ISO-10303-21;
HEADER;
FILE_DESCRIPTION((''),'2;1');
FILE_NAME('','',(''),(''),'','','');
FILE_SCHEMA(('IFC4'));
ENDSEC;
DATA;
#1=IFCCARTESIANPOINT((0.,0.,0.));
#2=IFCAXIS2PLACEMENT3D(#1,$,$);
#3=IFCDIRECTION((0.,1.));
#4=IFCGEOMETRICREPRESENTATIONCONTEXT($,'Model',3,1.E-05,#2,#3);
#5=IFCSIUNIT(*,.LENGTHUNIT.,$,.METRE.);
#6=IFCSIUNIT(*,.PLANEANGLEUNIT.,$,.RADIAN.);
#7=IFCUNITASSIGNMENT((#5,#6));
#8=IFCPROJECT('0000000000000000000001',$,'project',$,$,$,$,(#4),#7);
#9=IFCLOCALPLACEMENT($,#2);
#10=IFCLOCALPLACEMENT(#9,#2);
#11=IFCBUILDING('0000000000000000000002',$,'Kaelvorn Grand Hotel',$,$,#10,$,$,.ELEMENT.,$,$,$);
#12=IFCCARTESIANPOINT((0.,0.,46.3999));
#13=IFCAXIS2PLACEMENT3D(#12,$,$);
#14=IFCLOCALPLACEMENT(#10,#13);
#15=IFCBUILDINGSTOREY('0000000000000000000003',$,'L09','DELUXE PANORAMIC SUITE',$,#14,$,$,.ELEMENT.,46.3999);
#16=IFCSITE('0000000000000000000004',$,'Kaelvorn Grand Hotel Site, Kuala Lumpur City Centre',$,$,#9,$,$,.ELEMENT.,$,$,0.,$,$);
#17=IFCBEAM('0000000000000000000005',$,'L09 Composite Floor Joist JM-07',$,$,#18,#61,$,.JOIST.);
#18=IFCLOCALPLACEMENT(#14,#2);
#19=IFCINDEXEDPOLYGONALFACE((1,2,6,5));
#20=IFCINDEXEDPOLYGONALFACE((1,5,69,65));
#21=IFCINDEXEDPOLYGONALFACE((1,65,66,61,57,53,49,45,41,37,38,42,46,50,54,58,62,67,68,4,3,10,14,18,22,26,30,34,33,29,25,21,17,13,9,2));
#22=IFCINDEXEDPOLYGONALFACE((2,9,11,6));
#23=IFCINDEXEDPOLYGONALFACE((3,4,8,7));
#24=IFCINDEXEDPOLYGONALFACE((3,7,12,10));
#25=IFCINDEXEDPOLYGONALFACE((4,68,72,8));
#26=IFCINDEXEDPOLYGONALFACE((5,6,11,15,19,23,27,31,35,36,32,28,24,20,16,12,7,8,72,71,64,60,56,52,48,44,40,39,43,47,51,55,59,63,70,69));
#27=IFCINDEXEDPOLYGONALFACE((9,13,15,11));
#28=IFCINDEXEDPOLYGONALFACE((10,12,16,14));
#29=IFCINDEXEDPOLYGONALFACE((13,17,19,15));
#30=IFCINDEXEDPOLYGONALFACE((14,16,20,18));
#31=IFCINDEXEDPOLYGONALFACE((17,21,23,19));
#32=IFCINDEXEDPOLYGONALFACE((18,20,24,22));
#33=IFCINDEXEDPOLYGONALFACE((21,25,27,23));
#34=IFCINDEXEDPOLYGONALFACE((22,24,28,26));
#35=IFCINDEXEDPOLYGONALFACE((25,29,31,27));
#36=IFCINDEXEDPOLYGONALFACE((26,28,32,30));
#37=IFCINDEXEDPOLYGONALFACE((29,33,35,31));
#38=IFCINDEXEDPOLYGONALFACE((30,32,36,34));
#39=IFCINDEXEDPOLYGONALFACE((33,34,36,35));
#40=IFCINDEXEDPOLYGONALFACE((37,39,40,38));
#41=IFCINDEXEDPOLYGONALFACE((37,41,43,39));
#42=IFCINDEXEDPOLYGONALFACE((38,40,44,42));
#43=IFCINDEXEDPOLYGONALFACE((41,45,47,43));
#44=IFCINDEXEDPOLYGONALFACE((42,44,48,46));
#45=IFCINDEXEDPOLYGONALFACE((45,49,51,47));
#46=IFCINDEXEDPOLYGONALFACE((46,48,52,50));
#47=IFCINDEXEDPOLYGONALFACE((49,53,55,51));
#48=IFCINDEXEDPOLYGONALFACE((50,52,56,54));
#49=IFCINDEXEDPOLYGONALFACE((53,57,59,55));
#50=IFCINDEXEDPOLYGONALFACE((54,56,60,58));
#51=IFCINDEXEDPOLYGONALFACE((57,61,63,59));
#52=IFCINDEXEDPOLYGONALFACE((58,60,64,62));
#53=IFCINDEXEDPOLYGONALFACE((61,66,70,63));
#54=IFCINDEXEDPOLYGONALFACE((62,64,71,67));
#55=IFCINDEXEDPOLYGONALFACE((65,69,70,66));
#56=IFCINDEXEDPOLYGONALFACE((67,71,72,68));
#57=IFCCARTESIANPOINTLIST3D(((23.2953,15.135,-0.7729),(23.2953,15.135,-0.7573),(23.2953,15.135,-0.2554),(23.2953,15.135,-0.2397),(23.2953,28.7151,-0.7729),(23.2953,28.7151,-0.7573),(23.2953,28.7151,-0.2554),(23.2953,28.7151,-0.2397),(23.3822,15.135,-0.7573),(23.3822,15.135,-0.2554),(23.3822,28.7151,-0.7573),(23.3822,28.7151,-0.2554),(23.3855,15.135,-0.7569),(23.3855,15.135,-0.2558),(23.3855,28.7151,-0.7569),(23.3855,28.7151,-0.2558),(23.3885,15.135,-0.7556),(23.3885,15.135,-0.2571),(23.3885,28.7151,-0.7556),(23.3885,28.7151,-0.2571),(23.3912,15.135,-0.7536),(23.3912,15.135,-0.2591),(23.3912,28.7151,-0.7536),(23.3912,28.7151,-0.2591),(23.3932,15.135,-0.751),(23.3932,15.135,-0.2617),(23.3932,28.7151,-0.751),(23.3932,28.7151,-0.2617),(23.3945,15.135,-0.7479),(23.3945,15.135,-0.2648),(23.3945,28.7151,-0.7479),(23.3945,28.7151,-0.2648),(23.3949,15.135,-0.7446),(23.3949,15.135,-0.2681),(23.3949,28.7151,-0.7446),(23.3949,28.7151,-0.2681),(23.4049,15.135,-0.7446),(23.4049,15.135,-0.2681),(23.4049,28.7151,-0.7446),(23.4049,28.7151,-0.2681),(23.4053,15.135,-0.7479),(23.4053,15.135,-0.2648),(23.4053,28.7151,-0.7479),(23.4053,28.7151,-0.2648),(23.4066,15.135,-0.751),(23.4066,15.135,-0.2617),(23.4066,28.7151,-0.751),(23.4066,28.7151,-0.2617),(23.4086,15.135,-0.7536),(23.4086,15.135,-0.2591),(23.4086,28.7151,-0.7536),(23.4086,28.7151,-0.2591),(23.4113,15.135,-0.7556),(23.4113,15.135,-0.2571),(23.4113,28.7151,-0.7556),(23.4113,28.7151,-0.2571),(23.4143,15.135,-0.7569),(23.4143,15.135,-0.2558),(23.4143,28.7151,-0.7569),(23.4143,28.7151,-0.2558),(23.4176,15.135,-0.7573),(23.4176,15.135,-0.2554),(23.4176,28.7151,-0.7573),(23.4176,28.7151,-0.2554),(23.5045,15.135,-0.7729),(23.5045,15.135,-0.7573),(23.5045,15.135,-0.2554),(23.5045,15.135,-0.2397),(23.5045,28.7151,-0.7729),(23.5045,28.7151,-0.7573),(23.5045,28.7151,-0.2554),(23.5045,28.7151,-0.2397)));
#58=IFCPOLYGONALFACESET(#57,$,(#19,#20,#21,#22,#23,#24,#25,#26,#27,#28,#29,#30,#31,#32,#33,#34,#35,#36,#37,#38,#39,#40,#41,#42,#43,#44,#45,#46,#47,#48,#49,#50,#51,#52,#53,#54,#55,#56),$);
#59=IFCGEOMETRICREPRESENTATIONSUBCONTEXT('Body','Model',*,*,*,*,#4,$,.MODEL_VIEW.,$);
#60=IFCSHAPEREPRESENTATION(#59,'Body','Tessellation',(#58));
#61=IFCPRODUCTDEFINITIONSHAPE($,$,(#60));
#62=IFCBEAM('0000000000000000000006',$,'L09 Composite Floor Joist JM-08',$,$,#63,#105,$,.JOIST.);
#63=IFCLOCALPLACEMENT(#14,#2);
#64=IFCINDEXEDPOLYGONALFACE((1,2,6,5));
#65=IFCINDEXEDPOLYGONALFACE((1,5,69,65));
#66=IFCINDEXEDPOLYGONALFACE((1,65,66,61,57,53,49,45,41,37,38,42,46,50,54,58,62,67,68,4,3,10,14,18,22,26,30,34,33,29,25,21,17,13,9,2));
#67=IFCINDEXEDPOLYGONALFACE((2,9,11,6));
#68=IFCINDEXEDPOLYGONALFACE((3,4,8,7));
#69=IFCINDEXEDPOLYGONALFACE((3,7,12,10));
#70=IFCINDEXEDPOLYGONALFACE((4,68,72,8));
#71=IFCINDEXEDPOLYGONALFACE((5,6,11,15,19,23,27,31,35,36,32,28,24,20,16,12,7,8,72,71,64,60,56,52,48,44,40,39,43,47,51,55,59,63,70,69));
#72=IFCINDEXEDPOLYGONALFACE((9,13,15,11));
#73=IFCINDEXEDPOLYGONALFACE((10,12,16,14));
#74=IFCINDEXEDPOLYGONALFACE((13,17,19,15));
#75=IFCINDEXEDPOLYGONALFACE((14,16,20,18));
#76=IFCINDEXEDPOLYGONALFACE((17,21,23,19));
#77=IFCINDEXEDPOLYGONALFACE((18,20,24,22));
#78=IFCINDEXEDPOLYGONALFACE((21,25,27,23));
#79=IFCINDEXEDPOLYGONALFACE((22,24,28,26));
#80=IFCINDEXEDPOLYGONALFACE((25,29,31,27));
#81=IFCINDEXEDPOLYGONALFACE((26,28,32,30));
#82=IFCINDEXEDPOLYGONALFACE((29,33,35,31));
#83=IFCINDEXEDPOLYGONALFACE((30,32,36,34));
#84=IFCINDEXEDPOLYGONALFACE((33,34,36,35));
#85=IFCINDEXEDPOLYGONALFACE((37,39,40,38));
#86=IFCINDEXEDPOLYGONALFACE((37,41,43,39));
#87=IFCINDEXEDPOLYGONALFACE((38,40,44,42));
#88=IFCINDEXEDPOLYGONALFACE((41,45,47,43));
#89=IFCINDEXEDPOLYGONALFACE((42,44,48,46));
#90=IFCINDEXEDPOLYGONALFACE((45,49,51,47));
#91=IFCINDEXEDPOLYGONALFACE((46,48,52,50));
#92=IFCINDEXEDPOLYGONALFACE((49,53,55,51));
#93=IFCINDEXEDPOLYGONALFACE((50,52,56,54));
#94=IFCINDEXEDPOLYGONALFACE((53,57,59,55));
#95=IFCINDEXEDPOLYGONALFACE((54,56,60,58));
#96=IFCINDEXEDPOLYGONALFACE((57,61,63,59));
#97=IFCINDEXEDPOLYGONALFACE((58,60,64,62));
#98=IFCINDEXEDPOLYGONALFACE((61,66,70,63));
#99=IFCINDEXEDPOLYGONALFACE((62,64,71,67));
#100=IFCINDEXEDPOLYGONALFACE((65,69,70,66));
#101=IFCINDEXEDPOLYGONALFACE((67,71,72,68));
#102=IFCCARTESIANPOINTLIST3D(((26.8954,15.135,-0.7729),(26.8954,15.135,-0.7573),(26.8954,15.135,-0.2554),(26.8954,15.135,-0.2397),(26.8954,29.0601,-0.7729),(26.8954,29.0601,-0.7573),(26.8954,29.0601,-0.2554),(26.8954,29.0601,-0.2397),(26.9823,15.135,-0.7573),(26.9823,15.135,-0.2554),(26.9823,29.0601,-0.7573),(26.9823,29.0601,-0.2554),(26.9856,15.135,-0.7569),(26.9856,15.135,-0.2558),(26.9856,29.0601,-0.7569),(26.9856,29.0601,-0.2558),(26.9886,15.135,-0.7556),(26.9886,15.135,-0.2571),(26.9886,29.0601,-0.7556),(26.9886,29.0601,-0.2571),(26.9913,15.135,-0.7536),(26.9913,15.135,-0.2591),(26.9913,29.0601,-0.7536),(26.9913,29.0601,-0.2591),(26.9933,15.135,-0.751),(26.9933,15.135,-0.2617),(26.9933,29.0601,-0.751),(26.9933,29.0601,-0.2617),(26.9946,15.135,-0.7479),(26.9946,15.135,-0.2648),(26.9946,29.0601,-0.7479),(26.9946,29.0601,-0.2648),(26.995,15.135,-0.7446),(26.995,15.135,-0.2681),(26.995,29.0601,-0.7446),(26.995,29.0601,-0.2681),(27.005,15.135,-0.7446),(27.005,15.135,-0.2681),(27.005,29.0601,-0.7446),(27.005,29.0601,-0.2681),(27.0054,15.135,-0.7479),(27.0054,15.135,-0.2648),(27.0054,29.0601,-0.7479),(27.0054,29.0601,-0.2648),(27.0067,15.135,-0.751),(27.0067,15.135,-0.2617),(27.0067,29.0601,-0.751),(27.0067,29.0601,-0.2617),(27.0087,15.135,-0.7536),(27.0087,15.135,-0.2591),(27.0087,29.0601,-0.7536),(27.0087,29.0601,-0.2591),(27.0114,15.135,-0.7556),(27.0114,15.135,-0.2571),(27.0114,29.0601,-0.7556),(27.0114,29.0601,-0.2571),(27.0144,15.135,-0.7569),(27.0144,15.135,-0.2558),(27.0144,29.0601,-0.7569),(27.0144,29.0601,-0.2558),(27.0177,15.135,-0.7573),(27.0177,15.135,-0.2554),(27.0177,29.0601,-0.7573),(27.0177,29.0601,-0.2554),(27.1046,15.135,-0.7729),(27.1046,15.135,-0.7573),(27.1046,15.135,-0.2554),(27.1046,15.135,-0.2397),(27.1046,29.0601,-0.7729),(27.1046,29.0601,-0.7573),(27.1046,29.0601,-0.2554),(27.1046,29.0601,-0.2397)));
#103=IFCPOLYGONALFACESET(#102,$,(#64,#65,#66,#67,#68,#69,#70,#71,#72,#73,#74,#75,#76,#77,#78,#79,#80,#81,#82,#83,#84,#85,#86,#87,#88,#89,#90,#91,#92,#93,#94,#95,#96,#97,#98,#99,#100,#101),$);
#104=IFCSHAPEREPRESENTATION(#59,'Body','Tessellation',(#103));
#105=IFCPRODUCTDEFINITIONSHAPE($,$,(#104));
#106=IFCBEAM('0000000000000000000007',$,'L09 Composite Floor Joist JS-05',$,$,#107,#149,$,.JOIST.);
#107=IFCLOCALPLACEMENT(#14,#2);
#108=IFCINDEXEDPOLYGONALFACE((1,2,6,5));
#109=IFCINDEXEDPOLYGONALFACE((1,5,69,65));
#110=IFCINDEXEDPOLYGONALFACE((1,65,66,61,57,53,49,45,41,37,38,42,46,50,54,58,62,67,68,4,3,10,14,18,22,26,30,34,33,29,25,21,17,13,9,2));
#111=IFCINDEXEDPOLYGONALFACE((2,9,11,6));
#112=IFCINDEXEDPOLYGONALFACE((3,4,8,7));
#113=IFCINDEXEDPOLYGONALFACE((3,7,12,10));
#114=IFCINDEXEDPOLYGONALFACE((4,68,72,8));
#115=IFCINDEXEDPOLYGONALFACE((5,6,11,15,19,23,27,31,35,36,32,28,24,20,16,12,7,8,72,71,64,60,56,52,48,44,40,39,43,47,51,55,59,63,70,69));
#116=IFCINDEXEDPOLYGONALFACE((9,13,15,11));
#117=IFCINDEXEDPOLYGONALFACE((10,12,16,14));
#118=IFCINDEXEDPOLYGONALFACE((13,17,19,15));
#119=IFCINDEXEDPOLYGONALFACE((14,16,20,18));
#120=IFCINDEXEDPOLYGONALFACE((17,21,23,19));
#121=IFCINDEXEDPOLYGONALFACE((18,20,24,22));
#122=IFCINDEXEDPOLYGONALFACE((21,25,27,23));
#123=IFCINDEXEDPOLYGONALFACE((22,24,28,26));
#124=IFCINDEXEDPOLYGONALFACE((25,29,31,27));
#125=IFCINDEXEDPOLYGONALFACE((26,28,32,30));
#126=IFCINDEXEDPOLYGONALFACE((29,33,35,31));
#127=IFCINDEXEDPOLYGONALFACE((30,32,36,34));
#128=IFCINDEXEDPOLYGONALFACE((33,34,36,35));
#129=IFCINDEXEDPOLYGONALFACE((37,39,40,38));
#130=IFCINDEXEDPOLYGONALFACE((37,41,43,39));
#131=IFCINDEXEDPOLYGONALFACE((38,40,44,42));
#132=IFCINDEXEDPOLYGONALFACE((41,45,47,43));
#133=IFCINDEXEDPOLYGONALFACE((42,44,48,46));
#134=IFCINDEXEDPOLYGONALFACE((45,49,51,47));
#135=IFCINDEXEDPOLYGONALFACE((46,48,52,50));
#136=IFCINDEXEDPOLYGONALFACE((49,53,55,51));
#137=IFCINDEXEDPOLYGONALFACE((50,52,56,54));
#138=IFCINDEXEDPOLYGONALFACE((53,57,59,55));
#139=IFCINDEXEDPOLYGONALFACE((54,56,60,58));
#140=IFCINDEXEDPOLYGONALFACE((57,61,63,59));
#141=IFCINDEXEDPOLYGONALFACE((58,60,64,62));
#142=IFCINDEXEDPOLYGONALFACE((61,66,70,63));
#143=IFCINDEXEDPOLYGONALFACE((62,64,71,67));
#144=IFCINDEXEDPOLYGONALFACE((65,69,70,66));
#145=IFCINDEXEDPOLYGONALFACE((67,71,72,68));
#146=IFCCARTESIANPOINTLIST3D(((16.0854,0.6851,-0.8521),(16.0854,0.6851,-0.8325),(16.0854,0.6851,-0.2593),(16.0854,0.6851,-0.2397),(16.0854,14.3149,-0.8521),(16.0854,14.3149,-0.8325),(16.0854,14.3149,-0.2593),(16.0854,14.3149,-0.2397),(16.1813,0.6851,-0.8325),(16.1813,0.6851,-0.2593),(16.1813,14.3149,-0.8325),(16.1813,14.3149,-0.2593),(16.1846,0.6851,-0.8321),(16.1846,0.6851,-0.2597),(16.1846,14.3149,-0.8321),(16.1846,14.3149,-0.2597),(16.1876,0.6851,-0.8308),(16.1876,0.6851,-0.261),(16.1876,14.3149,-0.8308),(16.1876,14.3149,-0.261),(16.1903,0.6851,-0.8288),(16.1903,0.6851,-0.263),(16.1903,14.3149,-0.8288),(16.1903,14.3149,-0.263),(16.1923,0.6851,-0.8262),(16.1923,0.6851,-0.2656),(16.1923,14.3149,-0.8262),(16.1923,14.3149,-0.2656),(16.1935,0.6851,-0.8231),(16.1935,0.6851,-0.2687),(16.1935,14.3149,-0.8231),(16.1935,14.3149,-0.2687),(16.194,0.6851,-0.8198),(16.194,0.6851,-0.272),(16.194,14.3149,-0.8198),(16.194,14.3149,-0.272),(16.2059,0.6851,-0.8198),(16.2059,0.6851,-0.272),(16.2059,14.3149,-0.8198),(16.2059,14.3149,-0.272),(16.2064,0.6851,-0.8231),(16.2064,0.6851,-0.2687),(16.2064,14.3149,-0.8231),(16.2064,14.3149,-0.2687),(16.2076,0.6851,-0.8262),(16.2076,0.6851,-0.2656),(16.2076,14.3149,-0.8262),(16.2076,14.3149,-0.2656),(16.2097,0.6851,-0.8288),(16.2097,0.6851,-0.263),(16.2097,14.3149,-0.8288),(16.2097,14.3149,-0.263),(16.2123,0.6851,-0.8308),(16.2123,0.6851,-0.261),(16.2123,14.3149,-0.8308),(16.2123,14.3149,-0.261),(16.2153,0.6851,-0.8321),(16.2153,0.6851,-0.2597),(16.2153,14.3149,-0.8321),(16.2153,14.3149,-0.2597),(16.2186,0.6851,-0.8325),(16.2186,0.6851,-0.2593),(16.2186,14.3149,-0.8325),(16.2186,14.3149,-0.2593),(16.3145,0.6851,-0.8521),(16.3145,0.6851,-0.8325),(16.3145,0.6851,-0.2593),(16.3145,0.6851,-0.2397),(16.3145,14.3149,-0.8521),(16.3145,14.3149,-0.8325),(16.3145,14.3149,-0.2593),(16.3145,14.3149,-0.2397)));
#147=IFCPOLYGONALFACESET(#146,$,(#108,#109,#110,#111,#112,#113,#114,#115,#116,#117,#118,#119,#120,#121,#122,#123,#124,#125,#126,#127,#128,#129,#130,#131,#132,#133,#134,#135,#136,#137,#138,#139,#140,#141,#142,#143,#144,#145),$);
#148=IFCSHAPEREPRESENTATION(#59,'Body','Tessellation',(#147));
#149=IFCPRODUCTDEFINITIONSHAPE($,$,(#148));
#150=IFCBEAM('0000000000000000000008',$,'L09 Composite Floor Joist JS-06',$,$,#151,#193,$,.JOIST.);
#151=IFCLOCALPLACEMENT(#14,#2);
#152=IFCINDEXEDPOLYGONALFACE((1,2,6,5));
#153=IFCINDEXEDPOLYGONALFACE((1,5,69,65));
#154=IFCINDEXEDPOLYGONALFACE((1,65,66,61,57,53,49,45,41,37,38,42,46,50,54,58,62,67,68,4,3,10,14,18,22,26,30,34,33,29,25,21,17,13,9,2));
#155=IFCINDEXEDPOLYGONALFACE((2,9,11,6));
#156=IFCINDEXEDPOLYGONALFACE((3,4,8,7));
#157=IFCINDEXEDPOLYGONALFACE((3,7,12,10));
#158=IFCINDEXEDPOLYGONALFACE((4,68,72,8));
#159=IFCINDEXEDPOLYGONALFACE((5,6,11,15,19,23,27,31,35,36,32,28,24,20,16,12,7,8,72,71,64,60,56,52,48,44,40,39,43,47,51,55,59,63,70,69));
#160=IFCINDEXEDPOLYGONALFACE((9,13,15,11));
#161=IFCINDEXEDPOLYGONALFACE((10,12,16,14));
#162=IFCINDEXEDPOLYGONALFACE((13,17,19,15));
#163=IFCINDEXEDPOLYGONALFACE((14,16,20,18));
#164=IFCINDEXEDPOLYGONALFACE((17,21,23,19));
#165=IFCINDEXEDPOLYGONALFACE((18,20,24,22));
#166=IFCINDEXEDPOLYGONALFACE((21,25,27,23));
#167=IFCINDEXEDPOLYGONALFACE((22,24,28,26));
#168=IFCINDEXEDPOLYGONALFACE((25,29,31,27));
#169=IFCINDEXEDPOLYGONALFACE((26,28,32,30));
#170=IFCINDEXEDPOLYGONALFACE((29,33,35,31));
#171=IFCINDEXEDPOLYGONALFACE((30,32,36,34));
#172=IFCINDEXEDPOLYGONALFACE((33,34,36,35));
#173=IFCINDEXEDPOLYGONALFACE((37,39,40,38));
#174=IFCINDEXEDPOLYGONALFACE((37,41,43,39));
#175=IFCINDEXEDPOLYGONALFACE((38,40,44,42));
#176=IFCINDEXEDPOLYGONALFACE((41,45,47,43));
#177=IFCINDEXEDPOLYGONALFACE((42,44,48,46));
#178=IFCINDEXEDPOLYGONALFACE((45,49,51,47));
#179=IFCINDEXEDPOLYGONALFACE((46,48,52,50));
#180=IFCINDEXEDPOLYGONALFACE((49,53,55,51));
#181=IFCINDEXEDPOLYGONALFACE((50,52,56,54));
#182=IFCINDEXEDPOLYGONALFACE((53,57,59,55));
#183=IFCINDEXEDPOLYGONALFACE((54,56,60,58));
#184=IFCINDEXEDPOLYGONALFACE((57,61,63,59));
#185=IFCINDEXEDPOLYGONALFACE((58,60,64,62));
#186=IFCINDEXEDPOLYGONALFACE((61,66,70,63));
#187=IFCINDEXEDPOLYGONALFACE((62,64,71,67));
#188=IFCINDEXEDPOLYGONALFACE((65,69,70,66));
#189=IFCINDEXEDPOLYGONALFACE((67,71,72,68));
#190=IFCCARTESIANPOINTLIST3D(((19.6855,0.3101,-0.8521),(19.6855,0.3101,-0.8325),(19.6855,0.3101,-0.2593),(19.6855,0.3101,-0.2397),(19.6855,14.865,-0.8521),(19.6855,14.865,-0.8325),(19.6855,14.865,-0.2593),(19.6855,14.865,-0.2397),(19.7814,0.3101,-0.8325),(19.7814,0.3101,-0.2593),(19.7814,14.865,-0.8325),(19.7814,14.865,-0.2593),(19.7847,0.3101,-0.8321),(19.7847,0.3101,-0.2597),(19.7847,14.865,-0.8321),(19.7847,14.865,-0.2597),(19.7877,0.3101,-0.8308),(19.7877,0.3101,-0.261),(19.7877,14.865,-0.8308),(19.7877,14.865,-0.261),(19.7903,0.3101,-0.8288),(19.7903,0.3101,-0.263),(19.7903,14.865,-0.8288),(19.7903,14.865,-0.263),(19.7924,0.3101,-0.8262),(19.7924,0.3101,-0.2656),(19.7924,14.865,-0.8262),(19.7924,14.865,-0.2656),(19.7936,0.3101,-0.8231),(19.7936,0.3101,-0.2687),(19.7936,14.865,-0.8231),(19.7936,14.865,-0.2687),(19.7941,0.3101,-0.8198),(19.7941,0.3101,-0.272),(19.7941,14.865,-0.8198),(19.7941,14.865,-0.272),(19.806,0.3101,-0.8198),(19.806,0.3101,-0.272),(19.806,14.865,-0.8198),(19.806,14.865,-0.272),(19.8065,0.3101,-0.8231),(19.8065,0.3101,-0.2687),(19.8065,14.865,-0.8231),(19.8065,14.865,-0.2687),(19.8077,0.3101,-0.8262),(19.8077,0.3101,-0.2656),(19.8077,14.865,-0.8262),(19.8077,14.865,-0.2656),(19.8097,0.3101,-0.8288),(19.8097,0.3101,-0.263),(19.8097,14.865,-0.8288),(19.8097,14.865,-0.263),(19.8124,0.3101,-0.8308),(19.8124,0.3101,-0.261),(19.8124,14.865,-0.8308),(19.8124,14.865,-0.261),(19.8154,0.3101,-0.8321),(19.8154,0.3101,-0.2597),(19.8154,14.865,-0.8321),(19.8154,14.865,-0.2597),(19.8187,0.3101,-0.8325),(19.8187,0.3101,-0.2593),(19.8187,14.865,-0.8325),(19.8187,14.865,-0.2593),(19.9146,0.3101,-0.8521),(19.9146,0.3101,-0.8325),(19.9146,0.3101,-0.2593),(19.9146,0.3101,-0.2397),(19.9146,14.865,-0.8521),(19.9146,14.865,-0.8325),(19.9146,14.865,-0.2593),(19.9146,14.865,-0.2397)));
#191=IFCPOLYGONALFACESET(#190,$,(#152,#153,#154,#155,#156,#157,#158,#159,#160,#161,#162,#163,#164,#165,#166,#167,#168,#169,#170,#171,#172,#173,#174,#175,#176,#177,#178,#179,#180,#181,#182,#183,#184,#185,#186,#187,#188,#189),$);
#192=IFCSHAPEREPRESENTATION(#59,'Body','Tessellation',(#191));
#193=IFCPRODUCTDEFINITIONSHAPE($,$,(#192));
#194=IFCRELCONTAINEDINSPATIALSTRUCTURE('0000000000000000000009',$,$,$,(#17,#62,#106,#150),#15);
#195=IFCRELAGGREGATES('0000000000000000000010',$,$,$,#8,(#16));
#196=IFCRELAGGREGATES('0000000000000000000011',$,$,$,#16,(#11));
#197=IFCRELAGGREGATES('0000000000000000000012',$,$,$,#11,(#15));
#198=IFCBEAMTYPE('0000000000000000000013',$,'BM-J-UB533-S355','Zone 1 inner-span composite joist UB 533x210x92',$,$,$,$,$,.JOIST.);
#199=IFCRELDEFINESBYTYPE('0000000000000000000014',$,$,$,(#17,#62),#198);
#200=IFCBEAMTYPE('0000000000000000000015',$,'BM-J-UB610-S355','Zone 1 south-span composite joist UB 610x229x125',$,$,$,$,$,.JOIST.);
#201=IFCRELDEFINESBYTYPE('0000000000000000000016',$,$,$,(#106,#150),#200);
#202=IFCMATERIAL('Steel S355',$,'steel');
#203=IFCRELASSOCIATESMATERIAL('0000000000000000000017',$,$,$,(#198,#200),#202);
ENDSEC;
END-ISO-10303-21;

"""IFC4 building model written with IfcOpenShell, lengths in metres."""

from ifc_helpers import new_model, si_unit, direction, frame, origin, origin_2d, place, context, subcontext, project, spatial, i_section, extrude, material, material_profile, profile_set, type_object, element, save


model = new_model("IFC4")

# Units and contexts
model_context = context("Model", 3, precision=1e-05, world=origin(), true_north=direction((0.0, 1.0)))
body_context = subcontext(model_context, "Body", "Model", "MODEL_VIEW")
ifc_project = project(units=[si_unit("LENGTHUNIT", "METRE"), si_unit("PLANEANGLEUNIT", "RADIAN")], contexts=[model_context])

# Site, building, storey
site_placement = place(None, origin())
site = spatial("IfcSite", under=ifc_project, at=site_placement, Name="Kaelvorn Grand Hotel Site, Kuala Lumpur City Centre", CompositionType="ELEMENT", RefElevation=0.0)
building_placement = place(site_placement, origin())
building = spatial("IfcBuilding", under=site, at=building_placement, Name="Kaelvorn Grand Hotel", CompositionType="ELEMENT")
storey_placement = place(building_placement, frame((0.0, 0.0, 46.3999)))
storey = spatial("IfcBuildingStorey", under=building, at=storey_placement, Name="L09", Description="DELUXE PANORAMIC SUITE", CompositionType="ELEMENT", Elevation=46.3999)

# Beams
ifc_material_1 = material(Name="Steel S355", Category="steel")
ifc_material_profile_1 = material_profile(ifc_material_1, i_section(OverallWidth=0.2092, OverallDepth=0.5332, WebThickness=0.01, FlangeThickness=0.0156, FilletRadius=0.0127, at=origin_2d()), Name="UB 533x210x92")
ifc_profile_set_1 = profile_set([ifc_material_profile_1], Name="Steel S355")
beam_type_1 = type_object("IfcBeamType", Name="BM-J-UB533-S355", Description="Zone 1 inner-span composite joist UB 533x210x92", PredefinedType="JOIST", material=ifc_profile_set_1)
beam_1_placement = place(storey_placement, frame((23.3999, 15.135, -0.5063), z_axis=(0.0, 1.0, 0.0), x_axis=(-1.0, 0.0, 0.0)))
element("IfcBeam", 1, at=beam_1_placement, inside=storey, type_object=beam_type_1, Name="L09 Composite Floor Joist JM-07", PredefinedType="JOIST", context=body_context, shape_type="SweptSolid", body=[
    extrude(i_section(OverallWidth=0.2092, OverallDepth=0.5332, WebThickness=0.01, FlangeThickness=0.0156, FilletRadius=0.0127, at=origin_2d()), origin(), (0.0, 0.0, 1.0), 13.5801),
])
beam_2_placement = place(storey_placement, frame((27.0, 15.135, -0.5063), z_axis=(0.0, 1.0, 0.0), x_axis=(-1.0, 0.0, 0.0)))
element("IfcBeam", 2, at=beam_2_placement, inside=storey, type_object=beam_type_1, Name="L09 Composite Floor Joist JM-08", PredefinedType="JOIST", context=body_context, shape_type="SweptSolid", body=[
    extrude(i_section(OverallWidth=0.2092, OverallDepth=0.5332, WebThickness=0.01, FlangeThickness=0.0156, FilletRadius=0.0127, at=origin_2d()), origin(), (0.0, 0.0, 1.0), 13.925),
])
ifc_material_profile_2 = material_profile(ifc_material_1, i_section(OverallWidth=0.229, OverallDepth=0.6123, WebThickness=0.012, FlangeThickness=0.0195, FilletRadius=0.0127, at=origin_2d()), Name="UB 610x229x125")
ifc_profile_set_2 = profile_set([ifc_material_profile_2], Name="Steel S355")
beam_type_2 = type_object("IfcBeamType", Name="BM-J-UB610-S355", Description="Zone 1 south-span composite joist UB 610x229x125", PredefinedType="JOIST", material=ifc_profile_set_2)
beam_3_placement = place(storey_placement, frame((16.2, 0.6851, -0.5459), z_axis=(0.0, 1.0, 0.0), x_axis=(-1.0, 0.0, 0.0)))
element("IfcBeam", 3, at=beam_3_placement, inside=storey, type_object=beam_type_2, Name="L09 Composite Floor Joist JS-05", PredefinedType="JOIST", context=body_context, shape_type="SweptSolid", body=[
    extrude(i_section(OverallWidth=0.229, OverallDepth=0.6123, WebThickness=0.012, FlangeThickness=0.0195, FilletRadius=0.0127, at=origin_2d()), origin(), (0.0, 0.0, 1.0), 13.6299),
])
beam_4_placement = place(storey_placement, frame((19.8, 0.3101, -0.5459), z_axis=(0.0, 1.0, 0.0), x_axis=(-1.0, 0.0, 0.0)))
element("IfcBeam", 4, at=beam_4_placement, inside=storey, type_object=beam_type_2, Name="L09 Composite Floor Joist JS-06", PredefinedType="JOIST", context=body_context, shape_type="SweptSolid", body=[
    extrude(i_section(OverallWidth=0.229, OverallDepth=0.6123, WebThickness=0.012, FlangeThickness=0.0195, FilletRadius=0.0127, at=origin_2d()), origin(), (0.0, 0.0, 1.0), 14.5549),
])

save(model, "model.ifc")
